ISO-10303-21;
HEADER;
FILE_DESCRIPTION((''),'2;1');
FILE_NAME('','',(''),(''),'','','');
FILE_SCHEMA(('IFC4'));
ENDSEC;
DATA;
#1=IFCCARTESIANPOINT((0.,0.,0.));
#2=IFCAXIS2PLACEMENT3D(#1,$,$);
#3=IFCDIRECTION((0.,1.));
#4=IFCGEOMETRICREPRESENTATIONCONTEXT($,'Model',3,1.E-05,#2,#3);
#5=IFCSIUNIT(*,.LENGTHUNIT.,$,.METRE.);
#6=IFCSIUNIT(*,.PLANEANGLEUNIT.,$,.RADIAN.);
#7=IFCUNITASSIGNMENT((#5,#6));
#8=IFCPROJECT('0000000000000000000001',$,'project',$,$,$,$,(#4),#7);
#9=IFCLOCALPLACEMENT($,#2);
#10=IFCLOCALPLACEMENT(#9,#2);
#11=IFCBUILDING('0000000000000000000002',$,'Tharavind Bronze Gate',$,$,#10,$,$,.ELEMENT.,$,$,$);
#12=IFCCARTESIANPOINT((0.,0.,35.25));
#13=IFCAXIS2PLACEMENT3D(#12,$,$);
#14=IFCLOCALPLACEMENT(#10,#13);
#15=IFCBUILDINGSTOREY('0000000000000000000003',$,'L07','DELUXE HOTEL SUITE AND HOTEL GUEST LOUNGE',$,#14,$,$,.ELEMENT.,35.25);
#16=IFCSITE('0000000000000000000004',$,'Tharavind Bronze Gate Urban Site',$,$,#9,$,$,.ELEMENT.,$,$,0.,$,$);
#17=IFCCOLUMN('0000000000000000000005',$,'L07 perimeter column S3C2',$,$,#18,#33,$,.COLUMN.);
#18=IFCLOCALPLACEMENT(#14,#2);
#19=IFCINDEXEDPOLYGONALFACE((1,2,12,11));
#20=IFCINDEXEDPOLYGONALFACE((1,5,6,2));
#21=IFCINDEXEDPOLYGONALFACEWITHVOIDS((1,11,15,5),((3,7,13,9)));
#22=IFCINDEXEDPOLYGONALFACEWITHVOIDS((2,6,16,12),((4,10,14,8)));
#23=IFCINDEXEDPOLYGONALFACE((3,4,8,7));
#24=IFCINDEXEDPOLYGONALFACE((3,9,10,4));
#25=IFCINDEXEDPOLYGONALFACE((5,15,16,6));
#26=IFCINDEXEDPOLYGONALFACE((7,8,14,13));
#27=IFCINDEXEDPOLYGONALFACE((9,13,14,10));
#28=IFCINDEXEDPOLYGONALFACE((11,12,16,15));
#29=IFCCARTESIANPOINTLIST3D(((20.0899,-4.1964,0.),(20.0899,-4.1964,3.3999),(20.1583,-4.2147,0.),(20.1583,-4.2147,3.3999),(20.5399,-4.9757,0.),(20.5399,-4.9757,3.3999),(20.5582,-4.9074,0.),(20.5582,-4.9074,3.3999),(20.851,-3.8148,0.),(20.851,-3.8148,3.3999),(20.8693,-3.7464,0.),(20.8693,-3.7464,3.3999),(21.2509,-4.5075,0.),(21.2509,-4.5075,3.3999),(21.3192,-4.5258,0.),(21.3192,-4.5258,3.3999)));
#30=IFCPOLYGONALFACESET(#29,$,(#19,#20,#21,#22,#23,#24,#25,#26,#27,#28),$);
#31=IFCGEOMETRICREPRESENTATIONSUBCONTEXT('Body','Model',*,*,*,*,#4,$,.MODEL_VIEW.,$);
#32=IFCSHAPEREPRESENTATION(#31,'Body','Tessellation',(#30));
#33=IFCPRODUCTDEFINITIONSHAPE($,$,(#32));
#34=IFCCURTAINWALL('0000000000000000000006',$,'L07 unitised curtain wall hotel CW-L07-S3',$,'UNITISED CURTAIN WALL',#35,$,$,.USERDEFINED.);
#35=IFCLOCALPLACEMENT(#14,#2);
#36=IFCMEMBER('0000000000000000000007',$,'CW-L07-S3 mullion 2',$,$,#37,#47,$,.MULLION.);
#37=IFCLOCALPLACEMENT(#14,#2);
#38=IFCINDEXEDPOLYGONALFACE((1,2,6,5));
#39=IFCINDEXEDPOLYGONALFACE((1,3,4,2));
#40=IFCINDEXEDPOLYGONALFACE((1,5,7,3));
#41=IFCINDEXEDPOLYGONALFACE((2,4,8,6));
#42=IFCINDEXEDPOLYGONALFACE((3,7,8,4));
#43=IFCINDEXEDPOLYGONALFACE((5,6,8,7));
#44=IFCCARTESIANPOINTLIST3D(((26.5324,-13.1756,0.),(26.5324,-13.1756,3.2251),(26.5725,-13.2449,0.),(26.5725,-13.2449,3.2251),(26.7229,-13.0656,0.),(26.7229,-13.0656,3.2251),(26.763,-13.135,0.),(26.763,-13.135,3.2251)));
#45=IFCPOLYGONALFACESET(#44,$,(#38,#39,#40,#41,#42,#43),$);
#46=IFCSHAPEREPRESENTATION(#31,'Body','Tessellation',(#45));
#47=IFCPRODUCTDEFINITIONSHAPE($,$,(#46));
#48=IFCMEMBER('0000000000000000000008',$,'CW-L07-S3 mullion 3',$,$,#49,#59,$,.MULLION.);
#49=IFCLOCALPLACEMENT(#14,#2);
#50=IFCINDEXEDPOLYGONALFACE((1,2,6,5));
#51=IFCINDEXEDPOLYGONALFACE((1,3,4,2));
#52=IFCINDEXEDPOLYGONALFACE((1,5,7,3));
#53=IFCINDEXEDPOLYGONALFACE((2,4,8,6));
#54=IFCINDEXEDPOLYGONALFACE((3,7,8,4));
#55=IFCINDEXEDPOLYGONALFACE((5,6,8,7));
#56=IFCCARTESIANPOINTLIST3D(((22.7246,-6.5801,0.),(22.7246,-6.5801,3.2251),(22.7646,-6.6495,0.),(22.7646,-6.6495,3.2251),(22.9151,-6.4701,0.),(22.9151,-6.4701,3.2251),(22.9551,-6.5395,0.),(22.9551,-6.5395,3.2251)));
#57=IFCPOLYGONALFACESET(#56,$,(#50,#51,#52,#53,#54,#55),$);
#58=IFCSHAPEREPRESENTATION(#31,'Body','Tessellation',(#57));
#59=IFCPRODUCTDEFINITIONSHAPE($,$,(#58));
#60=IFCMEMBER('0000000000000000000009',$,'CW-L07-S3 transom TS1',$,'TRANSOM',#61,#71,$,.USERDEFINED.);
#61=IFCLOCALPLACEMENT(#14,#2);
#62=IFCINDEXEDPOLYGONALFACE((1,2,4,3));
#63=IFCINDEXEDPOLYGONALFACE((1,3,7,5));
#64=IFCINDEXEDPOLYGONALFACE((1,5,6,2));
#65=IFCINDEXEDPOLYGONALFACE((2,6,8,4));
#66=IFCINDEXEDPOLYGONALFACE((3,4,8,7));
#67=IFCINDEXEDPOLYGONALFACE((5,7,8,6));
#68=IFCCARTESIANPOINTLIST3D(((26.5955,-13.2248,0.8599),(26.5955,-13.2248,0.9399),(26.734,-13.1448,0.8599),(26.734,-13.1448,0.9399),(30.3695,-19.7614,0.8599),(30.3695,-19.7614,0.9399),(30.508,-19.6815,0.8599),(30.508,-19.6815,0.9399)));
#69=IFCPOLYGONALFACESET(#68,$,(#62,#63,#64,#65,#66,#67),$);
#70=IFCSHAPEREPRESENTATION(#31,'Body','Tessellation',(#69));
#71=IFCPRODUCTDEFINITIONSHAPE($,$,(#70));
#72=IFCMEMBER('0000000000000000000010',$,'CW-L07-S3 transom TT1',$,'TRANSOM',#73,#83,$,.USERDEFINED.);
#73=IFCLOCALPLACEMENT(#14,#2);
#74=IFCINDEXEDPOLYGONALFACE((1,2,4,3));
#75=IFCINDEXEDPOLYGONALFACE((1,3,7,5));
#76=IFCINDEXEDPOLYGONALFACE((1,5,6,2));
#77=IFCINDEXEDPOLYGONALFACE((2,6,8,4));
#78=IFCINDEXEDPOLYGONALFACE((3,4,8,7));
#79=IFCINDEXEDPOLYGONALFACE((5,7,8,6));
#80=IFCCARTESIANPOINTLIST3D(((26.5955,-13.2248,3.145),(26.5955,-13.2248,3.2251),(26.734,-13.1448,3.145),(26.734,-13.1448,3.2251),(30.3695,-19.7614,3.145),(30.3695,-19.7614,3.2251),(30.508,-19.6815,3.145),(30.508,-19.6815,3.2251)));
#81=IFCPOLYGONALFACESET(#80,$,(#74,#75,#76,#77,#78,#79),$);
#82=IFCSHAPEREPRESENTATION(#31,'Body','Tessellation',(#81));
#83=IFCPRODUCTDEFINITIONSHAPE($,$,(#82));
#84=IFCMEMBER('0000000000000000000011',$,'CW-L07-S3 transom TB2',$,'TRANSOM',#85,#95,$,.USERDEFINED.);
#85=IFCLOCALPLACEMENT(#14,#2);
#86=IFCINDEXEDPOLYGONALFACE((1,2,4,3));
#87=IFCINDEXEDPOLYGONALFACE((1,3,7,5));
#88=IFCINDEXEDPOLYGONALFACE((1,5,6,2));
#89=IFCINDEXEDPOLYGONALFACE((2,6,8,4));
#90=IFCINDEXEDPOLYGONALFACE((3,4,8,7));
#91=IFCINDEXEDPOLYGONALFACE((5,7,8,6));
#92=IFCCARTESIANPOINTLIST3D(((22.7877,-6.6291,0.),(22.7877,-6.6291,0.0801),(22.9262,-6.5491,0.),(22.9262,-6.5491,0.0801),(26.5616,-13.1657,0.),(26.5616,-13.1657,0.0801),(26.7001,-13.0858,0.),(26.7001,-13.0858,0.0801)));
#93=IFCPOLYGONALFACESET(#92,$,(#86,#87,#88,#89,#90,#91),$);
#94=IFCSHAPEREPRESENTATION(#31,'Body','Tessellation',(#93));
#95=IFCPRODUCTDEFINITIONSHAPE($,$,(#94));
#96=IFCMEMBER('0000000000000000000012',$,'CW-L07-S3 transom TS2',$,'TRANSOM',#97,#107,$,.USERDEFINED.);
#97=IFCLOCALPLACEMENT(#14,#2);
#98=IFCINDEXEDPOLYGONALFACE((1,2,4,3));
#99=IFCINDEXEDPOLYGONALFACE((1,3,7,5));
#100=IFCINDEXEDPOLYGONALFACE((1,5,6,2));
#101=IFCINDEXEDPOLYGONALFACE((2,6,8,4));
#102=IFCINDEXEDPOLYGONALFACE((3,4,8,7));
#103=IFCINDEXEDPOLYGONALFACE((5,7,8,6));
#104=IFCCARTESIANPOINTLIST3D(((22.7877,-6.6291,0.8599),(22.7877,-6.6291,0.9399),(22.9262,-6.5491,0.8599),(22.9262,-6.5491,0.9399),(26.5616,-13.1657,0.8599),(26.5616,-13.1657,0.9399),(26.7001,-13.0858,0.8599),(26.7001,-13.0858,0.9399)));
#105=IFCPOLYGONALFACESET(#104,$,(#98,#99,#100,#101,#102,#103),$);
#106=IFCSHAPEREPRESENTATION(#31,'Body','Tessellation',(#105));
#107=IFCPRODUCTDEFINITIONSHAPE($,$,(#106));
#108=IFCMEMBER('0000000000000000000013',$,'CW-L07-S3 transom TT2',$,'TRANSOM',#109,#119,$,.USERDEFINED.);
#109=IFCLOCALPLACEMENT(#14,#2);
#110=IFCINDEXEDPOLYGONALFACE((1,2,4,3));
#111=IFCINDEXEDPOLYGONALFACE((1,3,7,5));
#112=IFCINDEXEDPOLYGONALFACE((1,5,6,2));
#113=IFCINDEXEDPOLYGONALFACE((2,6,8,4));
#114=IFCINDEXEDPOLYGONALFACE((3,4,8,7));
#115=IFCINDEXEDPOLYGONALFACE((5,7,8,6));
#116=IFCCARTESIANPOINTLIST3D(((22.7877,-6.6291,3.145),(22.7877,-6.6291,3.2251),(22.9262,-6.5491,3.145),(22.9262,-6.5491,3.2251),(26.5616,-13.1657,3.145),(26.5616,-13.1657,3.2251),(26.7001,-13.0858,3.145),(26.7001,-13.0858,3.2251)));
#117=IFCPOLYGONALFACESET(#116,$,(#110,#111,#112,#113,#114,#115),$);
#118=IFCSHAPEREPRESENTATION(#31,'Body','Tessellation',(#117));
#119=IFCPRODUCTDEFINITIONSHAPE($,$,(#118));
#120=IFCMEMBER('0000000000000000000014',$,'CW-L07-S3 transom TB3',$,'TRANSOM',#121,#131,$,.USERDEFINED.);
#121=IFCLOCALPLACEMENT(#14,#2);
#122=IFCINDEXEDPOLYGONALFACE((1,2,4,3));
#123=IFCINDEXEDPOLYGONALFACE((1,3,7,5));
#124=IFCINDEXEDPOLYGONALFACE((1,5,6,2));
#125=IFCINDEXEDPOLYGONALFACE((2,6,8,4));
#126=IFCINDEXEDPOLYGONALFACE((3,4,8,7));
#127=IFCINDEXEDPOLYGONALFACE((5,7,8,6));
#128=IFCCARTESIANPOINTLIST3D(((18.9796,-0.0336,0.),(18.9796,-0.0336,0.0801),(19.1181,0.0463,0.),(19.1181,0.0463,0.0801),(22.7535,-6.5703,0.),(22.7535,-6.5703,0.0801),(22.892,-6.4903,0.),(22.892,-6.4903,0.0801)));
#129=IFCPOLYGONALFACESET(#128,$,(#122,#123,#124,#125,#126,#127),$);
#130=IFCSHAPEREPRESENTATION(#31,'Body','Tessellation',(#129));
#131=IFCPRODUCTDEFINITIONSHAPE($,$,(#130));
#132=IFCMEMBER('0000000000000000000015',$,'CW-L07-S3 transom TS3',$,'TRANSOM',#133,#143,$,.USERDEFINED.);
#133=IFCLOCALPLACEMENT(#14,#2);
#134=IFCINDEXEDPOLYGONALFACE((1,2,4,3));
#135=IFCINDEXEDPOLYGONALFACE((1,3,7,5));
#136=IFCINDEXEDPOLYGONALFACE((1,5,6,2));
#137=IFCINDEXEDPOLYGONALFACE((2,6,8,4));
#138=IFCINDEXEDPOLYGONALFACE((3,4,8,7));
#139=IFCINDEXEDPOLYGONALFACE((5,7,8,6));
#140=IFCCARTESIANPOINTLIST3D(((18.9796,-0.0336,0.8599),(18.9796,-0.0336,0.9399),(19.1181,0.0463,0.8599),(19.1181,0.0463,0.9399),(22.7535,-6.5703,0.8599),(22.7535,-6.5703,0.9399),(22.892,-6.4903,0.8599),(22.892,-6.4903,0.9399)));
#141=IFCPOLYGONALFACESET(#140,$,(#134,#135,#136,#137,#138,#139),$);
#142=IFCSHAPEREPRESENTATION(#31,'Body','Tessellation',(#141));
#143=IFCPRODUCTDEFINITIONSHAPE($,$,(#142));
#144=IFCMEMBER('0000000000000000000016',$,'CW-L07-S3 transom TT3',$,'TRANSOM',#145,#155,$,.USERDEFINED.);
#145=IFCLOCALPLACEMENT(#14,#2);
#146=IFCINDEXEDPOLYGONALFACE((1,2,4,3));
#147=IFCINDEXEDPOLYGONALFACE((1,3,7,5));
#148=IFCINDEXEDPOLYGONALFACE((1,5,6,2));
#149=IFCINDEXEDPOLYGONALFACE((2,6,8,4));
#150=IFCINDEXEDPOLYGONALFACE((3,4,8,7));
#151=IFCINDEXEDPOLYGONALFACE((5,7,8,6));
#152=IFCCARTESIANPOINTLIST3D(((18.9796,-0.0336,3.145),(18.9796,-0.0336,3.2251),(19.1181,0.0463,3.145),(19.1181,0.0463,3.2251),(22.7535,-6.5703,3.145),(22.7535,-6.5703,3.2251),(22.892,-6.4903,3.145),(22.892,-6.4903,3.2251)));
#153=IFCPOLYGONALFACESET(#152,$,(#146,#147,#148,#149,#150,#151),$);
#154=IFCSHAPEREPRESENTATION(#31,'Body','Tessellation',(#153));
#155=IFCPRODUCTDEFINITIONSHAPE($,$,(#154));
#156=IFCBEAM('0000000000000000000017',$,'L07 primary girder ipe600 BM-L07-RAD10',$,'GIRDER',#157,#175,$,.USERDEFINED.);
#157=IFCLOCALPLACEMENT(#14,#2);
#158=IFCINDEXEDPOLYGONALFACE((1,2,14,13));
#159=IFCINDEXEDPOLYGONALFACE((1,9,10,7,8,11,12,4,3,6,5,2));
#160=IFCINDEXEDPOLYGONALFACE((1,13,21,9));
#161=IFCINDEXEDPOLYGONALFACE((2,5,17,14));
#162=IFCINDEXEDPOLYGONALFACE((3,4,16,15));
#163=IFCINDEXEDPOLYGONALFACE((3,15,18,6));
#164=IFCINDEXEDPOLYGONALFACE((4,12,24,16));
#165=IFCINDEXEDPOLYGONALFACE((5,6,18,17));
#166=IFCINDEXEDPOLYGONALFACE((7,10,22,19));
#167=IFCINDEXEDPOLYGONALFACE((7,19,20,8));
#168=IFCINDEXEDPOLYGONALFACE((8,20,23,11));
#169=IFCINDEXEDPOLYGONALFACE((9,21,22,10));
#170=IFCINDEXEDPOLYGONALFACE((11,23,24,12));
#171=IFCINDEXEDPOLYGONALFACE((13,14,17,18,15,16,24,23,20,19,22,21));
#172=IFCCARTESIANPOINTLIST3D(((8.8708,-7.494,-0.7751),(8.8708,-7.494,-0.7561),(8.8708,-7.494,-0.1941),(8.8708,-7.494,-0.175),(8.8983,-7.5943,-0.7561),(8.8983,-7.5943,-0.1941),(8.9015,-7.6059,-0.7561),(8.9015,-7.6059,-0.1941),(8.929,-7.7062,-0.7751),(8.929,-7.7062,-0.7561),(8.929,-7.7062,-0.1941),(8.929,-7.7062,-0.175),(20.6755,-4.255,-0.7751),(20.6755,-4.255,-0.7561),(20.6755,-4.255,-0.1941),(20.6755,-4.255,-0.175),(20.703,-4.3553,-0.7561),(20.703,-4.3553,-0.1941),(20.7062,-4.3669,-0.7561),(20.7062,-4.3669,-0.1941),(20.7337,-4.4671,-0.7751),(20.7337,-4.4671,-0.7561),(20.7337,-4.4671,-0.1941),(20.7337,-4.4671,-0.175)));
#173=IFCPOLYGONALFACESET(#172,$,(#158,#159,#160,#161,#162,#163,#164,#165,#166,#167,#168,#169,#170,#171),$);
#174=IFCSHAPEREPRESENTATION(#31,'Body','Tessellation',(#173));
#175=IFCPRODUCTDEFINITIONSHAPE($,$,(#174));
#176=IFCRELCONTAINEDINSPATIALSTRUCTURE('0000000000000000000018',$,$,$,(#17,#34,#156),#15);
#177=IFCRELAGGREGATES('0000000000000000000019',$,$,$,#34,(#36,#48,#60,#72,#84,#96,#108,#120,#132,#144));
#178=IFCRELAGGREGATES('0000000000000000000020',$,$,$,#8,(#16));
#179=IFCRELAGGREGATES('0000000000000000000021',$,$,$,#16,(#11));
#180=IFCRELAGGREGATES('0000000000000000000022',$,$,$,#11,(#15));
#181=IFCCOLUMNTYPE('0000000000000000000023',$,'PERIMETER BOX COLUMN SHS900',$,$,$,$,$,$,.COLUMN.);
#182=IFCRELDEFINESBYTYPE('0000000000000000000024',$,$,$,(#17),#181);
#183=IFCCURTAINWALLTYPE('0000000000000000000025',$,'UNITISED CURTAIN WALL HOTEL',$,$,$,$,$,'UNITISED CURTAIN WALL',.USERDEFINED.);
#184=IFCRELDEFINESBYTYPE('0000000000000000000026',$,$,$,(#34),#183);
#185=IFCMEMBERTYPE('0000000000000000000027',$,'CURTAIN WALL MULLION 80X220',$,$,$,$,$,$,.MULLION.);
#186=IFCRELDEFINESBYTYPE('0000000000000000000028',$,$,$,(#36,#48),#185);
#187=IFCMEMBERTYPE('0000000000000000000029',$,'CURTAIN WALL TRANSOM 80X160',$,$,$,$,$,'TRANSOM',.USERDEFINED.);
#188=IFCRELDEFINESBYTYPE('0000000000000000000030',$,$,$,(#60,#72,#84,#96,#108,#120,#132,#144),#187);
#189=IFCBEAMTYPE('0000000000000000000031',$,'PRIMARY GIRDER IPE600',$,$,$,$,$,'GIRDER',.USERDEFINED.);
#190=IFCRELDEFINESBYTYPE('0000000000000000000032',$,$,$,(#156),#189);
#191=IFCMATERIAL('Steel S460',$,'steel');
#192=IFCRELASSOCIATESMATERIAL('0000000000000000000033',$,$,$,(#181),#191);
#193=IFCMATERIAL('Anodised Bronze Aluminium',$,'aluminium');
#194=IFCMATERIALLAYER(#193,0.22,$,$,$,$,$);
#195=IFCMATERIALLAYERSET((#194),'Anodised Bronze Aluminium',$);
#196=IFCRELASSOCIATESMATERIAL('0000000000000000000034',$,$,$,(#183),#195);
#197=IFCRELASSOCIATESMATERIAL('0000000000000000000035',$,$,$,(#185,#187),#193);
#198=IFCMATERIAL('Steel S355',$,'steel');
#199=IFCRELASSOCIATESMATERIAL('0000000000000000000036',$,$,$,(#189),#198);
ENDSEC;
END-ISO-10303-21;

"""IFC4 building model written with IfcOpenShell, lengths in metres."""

from ifc_helpers import new_model, si_unit, direction, frame, origin, origin_2d, place, context, subcontext, project, spatial, rectangle, hollow_rectangle, i_section, extrude, material, layer, layer_set, material_profile, profile_set, type_object, element, aggregate, save


model = new_model("IFC4")

# Units and contexts
model_context = context("Model", 3, precision=1e-05, world=origin(), true_north=direction((0.0, 1.0)))
body_context = subcontext(model_context, "Body", "Model", "MODEL_VIEW")
ifc_project = project(units=[si_unit("LENGTHUNIT", "METRE"), si_unit("PLANEANGLEUNIT", "RADIAN")], contexts=[model_context])

# Site, building, storey
site_placement = place(None, origin())
site = spatial("IfcSite", under=ifc_project, at=site_placement, Name="Tharavind Bronze Gate Urban Site", CompositionType="ELEMENT", RefElevation=0.0)
building_placement = place(site_placement, origin())
building = spatial("IfcBuilding", under=site, at=building_placement, Name="Tharavind Bronze Gate", CompositionType="ELEMENT")
storey_placement = place(building_placement, frame((0.0, 0.0, 35.25)))
storey = spatial("IfcBuildingStorey", under=building, at=storey_placement, Name="L07", Description="DELUXE HOTEL SUITE AND HOTEL GUEST LOUNGE", CompositionType="ELEMENT", Elevation=35.25)

# Column
ifc_material_1 = material(Name="Steel S460", Category="steel")
ifc_material_profile_1 = material_profile(ifc_material_1, hollow_rectangle(XDim=0.8999, YDim=0.8999, WallThickness=0.05, at=origin_2d()), Name="SHS900X50")
ifc_profile_set_1 = profile_set([ifc_material_profile_1], Name="Steel S460")
column_type = type_object("IfcColumnType", Name="PERIMETER BOX COLUMN SHS900", PredefinedType="COLUMN", material=ifc_profile_set_1)
column_placement = place(storey_placement, frame((20.7046, -4.3611, 0.0), z_axis=(0.0, 0.0, 1.0), x_axis=(-0.500002, 0.866025, 0.0)))
element("IfcColumn", 1, at=column_placement, inside=storey, type_object=column_type, Name="L07 perimeter column S3C2", PredefinedType="COLUMN", context=body_context, shape_type="SweptSolid", body=[
    extrude(hollow_rectangle(XDim=0.8999, YDim=0.8999, WallThickness=0.05, at=origin_2d()), origin(), (0.0, 0.0, 1.0), 3.3999),
])

# Curtain wall, members
ifc_material_2 = material(Name="Anodised Bronze Aluminium", Category="aluminium")
ifc_layer_1 = layer(ifc_material_2, 0.22)
ifc_layer_set_1 = layer_set([ifc_layer_1], Name="Anodised Bronze Aluminium")
curtain_wall_type = type_object("IfcCurtainWallType", Name="UNITISED CURTAIN WALL HOTEL", ElementType="UNITISED CURTAIN WALL", PredefinedType="USERDEFINED", material=ifc_layer_set_1)
curtain_wall_placement = place(storey_placement, origin())
curtain_wall = element("IfcCurtainWall", 2, at=curtain_wall_placement, inside=storey, type_object=curtain_wall_type, Name="L07 unitised curtain wall hotel CW-L07-S3", ObjectType="UNITISED CURTAIN WALL", PredefinedType="USERDEFINED")
member_type_1 = type_object("IfcMemberType", Name="CURTAIN WALL MULLION 80X220", PredefinedType="MULLION", material=ifc_material_2)
member_1_placement = place(storey_placement, frame((26.6477, -13.1553, 0.0), z_axis=(0.0, 0.0, 1.0), x_axis=(-0.500002, 0.866025, 0.0)))
member_1 = element("IfcMember", 3, at=member_1_placement, type_object=member_type_1, Name="CW-L07-S3 mullion 2", PredefinedType="MULLION", context=body_context, shape_type="SweptSolid", body=[
    extrude(rectangle(XDim=0.0801, YDim=0.22, at=origin_2d()), origin(), (0.0, 0.0, 1.0), 3.2251),
])
member_2_placement = place(storey_placement, frame((22.8398, -6.5598, 0.0), z_axis=(0.0, 0.0, 1.0), x_axis=(-0.500002, 0.866025, 0.0)))
member_2 = element("IfcMember", 4, at=member_2_placement, type_object=member_type_1, Name="CW-L07-S3 mullion 3", PredefinedType="MULLION", context=body_context, shape_type="SweptSolid", body=[
    extrude(rectangle(XDim=0.0801, YDim=0.22, at=origin_2d()), origin(), (0.0, 0.0, 1.0), 3.2251),
])
member_type_2 = type_object("IfcMemberType", Name="CURTAIN WALL TRANSOM 80X160", ElementType="TRANSOM", PredefinedType="USERDEFINED", material=ifc_material_2)
member_3_placement = place(storey_placement, frame((28.5518, -16.4531, 0.8599), z_axis=(0.0, 0.0, 1.0), x_axis=(-0.500002, 0.866025, 0.0)))
member_3 = element("IfcMember", 5, at=member_3_placement, type_object=member_type_2, Name="CW-L07-S3 transom TS1", ObjectType="TRANSOM", PredefinedType="USERDEFINED", context=body_context, shape_type="SweptSolid", body=[
    extrude(rectangle(XDim=7.5479, YDim=0.1599, at=origin_2d()), origin(), (0.0, 0.0, 1.0), 0.0801),
])
member_4_placement = place(storey_placement, frame((28.5518, -16.4531, 3.145), z_axis=(0.0, 0.0, 1.0), x_axis=(-0.500002, 0.866025, 0.0)))
member_4 = element("IfcMember", 6, at=member_4_placement, type_object=member_type_2, Name="CW-L07-S3 transom TT1", ObjectType="TRANSOM", PredefinedType="USERDEFINED", context=body_context, shape_type="SweptSolid", body=[
    extrude(rectangle(XDim=7.5479, YDim=0.1599, at=origin_2d()), origin(), (0.0, 0.0, 1.0), 0.0801),
])
member_5_placement = place(storey_placement, frame((24.7439, -9.8574, 0.0), z_axis=(0.0, 0.0, 1.0), x_axis=(-0.500002, 0.866025, 0.0)))
member_5 = element("IfcMember", 7, at=member_5_placement, type_object=member_type_2, Name="CW-L07-S3 transom TB2", ObjectType="TRANSOM", PredefinedType="USERDEFINED", context=body_context, shape_type="SweptSolid", body=[
    extrude(rectangle(XDim=7.5479, YDim=0.1599, at=origin_2d()), origin(), (0.0, 0.0, 1.0), 0.0801),
])
member_6_placement = place(storey_placement, frame((24.7439, -9.8574, 0.8599), z_axis=(0.0, 0.0, 1.0), x_axis=(-0.500002, 0.866025, 0.0)))
member_6 = element("IfcMember", 8, at=member_6_placement, type_object=member_type_2, Name="CW-L07-S3 transom TS2", ObjectType="TRANSOM", PredefinedType="USERDEFINED", context=body_context, shape_type="SweptSolid", body=[
    extrude(rectangle(XDim=7.5479, YDim=0.1599, at=origin_2d()), origin(), (0.0, 0.0, 1.0), 0.0801),
])
member_7_placement = place(storey_placement, frame((24.7439, -9.8574, 3.145), z_axis=(0.0, 0.0, 1.0), x_axis=(-0.500002, 0.866025, 0.0)))
member_7 = element("IfcMember", 9, at=member_7_placement, type_object=member_type_2, Name="CW-L07-S3 transom TT2", ObjectType="TRANSOM", PredefinedType="USERDEFINED", context=body_context, shape_type="SweptSolid", body=[
    extrude(rectangle(XDim=7.5479, YDim=0.1599, at=origin_2d()), origin(), (0.0, 0.0, 1.0), 0.0801),
])
member_8_placement = place(storey_placement, frame((20.9358, -3.262, 0.0), z_axis=(0.0, 0.0, 1.0), x_axis=(-0.500002, 0.866025, 0.0)))
member_8 = element("IfcMember", 10, at=member_8_placement, type_object=member_type_2, Name="CW-L07-S3 transom TB3", ObjectType="TRANSOM", PredefinedType="USERDEFINED", context=body_context, shape_type="SweptSolid", body=[
    extrude(rectangle(XDim=7.5479, YDim=0.1599, at=origin_2d()), origin(), (0.0, 0.0, 1.0), 0.0801),
])
member_9_placement = place(storey_placement, frame((20.9358, -3.262, 0.8599), z_axis=(0.0, 0.0, 1.0), x_axis=(-0.500002, 0.866025, 0.0)))
member_9 = element("IfcMember", 11, at=member_9_placement, type_object=member_type_2, Name="CW-L07-S3 transom TS3", ObjectType="TRANSOM", PredefinedType="USERDEFINED", context=body_context, shape_type="SweptSolid", body=[
    extrude(rectangle(XDim=7.5479, YDim=0.1599, at=origin_2d()), origin(), (0.0, 0.0, 1.0), 0.0801),
])
member_10_placement = place(storey_placement, frame((20.9358, -3.262, 3.145), z_axis=(0.0, 0.0, 1.0), x_axis=(-0.500002, 0.866025, 0.0)))
member_10 = element("IfcMember", 12, at=member_10_placement, type_object=member_type_2, Name="CW-L07-S3 transom TT3", ObjectType="TRANSOM", PredefinedType="USERDEFINED", context=body_context, shape_type="SweptSolid", body=[
    extrude(rectangle(XDim=7.5479, YDim=0.1599, at=origin_2d()), origin(), (0.0, 0.0, 1.0), 0.0801),
])

# Beam
ifc_material_3 = material(Name="Steel S355", Category="steel")
ifc_material_profile_2 = material_profile(ifc_material_3, i_section(OverallWidth=0.22, OverallDepth=0.6001, WebThickness=0.012, FlangeThickness=0.019, at=origin_2d()), Name="IPE600")
ifc_profile_set_2 = profile_set([ifc_material_profile_2], Name="Steel S355")
beam_type_1 = type_object("IfcBeamType", Name="PRIMARY GIRDER IPE600", ElementType="GIRDER", PredefinedType="USERDEFINED", material=ifc_profile_set_2)
beam_1_placement = place(storey_placement, frame((20.7046, -4.3611, -0.4751), z_axis=(-0.964357, -0.264604, 0.0), x_axis=(0.264604, -0.964357, 0.0)))
element("IfcBeam", 13, at=beam_1_placement, inside=storey, type_object=beam_type_1, Name="L07 primary girder ipe600 BM-L07-RAD10", ObjectType="GIRDER", PredefinedType="USERDEFINED", context=body_context, shape_type="SweptSolid", body=[
    extrude(i_section(OverallWidth=0.22, OverallDepth=0.6001, WebThickness=0.012, FlangeThickness=0.019, at=origin_2d()), origin(), (0.0, 0.0, 1.0), 12.241),
])

aggregate(curtain_wall, [member_1, member_2, member_3, member_4, member_5, member_6, member_7, member_8, member_9, member_10])

save(model, "model.ifc")
